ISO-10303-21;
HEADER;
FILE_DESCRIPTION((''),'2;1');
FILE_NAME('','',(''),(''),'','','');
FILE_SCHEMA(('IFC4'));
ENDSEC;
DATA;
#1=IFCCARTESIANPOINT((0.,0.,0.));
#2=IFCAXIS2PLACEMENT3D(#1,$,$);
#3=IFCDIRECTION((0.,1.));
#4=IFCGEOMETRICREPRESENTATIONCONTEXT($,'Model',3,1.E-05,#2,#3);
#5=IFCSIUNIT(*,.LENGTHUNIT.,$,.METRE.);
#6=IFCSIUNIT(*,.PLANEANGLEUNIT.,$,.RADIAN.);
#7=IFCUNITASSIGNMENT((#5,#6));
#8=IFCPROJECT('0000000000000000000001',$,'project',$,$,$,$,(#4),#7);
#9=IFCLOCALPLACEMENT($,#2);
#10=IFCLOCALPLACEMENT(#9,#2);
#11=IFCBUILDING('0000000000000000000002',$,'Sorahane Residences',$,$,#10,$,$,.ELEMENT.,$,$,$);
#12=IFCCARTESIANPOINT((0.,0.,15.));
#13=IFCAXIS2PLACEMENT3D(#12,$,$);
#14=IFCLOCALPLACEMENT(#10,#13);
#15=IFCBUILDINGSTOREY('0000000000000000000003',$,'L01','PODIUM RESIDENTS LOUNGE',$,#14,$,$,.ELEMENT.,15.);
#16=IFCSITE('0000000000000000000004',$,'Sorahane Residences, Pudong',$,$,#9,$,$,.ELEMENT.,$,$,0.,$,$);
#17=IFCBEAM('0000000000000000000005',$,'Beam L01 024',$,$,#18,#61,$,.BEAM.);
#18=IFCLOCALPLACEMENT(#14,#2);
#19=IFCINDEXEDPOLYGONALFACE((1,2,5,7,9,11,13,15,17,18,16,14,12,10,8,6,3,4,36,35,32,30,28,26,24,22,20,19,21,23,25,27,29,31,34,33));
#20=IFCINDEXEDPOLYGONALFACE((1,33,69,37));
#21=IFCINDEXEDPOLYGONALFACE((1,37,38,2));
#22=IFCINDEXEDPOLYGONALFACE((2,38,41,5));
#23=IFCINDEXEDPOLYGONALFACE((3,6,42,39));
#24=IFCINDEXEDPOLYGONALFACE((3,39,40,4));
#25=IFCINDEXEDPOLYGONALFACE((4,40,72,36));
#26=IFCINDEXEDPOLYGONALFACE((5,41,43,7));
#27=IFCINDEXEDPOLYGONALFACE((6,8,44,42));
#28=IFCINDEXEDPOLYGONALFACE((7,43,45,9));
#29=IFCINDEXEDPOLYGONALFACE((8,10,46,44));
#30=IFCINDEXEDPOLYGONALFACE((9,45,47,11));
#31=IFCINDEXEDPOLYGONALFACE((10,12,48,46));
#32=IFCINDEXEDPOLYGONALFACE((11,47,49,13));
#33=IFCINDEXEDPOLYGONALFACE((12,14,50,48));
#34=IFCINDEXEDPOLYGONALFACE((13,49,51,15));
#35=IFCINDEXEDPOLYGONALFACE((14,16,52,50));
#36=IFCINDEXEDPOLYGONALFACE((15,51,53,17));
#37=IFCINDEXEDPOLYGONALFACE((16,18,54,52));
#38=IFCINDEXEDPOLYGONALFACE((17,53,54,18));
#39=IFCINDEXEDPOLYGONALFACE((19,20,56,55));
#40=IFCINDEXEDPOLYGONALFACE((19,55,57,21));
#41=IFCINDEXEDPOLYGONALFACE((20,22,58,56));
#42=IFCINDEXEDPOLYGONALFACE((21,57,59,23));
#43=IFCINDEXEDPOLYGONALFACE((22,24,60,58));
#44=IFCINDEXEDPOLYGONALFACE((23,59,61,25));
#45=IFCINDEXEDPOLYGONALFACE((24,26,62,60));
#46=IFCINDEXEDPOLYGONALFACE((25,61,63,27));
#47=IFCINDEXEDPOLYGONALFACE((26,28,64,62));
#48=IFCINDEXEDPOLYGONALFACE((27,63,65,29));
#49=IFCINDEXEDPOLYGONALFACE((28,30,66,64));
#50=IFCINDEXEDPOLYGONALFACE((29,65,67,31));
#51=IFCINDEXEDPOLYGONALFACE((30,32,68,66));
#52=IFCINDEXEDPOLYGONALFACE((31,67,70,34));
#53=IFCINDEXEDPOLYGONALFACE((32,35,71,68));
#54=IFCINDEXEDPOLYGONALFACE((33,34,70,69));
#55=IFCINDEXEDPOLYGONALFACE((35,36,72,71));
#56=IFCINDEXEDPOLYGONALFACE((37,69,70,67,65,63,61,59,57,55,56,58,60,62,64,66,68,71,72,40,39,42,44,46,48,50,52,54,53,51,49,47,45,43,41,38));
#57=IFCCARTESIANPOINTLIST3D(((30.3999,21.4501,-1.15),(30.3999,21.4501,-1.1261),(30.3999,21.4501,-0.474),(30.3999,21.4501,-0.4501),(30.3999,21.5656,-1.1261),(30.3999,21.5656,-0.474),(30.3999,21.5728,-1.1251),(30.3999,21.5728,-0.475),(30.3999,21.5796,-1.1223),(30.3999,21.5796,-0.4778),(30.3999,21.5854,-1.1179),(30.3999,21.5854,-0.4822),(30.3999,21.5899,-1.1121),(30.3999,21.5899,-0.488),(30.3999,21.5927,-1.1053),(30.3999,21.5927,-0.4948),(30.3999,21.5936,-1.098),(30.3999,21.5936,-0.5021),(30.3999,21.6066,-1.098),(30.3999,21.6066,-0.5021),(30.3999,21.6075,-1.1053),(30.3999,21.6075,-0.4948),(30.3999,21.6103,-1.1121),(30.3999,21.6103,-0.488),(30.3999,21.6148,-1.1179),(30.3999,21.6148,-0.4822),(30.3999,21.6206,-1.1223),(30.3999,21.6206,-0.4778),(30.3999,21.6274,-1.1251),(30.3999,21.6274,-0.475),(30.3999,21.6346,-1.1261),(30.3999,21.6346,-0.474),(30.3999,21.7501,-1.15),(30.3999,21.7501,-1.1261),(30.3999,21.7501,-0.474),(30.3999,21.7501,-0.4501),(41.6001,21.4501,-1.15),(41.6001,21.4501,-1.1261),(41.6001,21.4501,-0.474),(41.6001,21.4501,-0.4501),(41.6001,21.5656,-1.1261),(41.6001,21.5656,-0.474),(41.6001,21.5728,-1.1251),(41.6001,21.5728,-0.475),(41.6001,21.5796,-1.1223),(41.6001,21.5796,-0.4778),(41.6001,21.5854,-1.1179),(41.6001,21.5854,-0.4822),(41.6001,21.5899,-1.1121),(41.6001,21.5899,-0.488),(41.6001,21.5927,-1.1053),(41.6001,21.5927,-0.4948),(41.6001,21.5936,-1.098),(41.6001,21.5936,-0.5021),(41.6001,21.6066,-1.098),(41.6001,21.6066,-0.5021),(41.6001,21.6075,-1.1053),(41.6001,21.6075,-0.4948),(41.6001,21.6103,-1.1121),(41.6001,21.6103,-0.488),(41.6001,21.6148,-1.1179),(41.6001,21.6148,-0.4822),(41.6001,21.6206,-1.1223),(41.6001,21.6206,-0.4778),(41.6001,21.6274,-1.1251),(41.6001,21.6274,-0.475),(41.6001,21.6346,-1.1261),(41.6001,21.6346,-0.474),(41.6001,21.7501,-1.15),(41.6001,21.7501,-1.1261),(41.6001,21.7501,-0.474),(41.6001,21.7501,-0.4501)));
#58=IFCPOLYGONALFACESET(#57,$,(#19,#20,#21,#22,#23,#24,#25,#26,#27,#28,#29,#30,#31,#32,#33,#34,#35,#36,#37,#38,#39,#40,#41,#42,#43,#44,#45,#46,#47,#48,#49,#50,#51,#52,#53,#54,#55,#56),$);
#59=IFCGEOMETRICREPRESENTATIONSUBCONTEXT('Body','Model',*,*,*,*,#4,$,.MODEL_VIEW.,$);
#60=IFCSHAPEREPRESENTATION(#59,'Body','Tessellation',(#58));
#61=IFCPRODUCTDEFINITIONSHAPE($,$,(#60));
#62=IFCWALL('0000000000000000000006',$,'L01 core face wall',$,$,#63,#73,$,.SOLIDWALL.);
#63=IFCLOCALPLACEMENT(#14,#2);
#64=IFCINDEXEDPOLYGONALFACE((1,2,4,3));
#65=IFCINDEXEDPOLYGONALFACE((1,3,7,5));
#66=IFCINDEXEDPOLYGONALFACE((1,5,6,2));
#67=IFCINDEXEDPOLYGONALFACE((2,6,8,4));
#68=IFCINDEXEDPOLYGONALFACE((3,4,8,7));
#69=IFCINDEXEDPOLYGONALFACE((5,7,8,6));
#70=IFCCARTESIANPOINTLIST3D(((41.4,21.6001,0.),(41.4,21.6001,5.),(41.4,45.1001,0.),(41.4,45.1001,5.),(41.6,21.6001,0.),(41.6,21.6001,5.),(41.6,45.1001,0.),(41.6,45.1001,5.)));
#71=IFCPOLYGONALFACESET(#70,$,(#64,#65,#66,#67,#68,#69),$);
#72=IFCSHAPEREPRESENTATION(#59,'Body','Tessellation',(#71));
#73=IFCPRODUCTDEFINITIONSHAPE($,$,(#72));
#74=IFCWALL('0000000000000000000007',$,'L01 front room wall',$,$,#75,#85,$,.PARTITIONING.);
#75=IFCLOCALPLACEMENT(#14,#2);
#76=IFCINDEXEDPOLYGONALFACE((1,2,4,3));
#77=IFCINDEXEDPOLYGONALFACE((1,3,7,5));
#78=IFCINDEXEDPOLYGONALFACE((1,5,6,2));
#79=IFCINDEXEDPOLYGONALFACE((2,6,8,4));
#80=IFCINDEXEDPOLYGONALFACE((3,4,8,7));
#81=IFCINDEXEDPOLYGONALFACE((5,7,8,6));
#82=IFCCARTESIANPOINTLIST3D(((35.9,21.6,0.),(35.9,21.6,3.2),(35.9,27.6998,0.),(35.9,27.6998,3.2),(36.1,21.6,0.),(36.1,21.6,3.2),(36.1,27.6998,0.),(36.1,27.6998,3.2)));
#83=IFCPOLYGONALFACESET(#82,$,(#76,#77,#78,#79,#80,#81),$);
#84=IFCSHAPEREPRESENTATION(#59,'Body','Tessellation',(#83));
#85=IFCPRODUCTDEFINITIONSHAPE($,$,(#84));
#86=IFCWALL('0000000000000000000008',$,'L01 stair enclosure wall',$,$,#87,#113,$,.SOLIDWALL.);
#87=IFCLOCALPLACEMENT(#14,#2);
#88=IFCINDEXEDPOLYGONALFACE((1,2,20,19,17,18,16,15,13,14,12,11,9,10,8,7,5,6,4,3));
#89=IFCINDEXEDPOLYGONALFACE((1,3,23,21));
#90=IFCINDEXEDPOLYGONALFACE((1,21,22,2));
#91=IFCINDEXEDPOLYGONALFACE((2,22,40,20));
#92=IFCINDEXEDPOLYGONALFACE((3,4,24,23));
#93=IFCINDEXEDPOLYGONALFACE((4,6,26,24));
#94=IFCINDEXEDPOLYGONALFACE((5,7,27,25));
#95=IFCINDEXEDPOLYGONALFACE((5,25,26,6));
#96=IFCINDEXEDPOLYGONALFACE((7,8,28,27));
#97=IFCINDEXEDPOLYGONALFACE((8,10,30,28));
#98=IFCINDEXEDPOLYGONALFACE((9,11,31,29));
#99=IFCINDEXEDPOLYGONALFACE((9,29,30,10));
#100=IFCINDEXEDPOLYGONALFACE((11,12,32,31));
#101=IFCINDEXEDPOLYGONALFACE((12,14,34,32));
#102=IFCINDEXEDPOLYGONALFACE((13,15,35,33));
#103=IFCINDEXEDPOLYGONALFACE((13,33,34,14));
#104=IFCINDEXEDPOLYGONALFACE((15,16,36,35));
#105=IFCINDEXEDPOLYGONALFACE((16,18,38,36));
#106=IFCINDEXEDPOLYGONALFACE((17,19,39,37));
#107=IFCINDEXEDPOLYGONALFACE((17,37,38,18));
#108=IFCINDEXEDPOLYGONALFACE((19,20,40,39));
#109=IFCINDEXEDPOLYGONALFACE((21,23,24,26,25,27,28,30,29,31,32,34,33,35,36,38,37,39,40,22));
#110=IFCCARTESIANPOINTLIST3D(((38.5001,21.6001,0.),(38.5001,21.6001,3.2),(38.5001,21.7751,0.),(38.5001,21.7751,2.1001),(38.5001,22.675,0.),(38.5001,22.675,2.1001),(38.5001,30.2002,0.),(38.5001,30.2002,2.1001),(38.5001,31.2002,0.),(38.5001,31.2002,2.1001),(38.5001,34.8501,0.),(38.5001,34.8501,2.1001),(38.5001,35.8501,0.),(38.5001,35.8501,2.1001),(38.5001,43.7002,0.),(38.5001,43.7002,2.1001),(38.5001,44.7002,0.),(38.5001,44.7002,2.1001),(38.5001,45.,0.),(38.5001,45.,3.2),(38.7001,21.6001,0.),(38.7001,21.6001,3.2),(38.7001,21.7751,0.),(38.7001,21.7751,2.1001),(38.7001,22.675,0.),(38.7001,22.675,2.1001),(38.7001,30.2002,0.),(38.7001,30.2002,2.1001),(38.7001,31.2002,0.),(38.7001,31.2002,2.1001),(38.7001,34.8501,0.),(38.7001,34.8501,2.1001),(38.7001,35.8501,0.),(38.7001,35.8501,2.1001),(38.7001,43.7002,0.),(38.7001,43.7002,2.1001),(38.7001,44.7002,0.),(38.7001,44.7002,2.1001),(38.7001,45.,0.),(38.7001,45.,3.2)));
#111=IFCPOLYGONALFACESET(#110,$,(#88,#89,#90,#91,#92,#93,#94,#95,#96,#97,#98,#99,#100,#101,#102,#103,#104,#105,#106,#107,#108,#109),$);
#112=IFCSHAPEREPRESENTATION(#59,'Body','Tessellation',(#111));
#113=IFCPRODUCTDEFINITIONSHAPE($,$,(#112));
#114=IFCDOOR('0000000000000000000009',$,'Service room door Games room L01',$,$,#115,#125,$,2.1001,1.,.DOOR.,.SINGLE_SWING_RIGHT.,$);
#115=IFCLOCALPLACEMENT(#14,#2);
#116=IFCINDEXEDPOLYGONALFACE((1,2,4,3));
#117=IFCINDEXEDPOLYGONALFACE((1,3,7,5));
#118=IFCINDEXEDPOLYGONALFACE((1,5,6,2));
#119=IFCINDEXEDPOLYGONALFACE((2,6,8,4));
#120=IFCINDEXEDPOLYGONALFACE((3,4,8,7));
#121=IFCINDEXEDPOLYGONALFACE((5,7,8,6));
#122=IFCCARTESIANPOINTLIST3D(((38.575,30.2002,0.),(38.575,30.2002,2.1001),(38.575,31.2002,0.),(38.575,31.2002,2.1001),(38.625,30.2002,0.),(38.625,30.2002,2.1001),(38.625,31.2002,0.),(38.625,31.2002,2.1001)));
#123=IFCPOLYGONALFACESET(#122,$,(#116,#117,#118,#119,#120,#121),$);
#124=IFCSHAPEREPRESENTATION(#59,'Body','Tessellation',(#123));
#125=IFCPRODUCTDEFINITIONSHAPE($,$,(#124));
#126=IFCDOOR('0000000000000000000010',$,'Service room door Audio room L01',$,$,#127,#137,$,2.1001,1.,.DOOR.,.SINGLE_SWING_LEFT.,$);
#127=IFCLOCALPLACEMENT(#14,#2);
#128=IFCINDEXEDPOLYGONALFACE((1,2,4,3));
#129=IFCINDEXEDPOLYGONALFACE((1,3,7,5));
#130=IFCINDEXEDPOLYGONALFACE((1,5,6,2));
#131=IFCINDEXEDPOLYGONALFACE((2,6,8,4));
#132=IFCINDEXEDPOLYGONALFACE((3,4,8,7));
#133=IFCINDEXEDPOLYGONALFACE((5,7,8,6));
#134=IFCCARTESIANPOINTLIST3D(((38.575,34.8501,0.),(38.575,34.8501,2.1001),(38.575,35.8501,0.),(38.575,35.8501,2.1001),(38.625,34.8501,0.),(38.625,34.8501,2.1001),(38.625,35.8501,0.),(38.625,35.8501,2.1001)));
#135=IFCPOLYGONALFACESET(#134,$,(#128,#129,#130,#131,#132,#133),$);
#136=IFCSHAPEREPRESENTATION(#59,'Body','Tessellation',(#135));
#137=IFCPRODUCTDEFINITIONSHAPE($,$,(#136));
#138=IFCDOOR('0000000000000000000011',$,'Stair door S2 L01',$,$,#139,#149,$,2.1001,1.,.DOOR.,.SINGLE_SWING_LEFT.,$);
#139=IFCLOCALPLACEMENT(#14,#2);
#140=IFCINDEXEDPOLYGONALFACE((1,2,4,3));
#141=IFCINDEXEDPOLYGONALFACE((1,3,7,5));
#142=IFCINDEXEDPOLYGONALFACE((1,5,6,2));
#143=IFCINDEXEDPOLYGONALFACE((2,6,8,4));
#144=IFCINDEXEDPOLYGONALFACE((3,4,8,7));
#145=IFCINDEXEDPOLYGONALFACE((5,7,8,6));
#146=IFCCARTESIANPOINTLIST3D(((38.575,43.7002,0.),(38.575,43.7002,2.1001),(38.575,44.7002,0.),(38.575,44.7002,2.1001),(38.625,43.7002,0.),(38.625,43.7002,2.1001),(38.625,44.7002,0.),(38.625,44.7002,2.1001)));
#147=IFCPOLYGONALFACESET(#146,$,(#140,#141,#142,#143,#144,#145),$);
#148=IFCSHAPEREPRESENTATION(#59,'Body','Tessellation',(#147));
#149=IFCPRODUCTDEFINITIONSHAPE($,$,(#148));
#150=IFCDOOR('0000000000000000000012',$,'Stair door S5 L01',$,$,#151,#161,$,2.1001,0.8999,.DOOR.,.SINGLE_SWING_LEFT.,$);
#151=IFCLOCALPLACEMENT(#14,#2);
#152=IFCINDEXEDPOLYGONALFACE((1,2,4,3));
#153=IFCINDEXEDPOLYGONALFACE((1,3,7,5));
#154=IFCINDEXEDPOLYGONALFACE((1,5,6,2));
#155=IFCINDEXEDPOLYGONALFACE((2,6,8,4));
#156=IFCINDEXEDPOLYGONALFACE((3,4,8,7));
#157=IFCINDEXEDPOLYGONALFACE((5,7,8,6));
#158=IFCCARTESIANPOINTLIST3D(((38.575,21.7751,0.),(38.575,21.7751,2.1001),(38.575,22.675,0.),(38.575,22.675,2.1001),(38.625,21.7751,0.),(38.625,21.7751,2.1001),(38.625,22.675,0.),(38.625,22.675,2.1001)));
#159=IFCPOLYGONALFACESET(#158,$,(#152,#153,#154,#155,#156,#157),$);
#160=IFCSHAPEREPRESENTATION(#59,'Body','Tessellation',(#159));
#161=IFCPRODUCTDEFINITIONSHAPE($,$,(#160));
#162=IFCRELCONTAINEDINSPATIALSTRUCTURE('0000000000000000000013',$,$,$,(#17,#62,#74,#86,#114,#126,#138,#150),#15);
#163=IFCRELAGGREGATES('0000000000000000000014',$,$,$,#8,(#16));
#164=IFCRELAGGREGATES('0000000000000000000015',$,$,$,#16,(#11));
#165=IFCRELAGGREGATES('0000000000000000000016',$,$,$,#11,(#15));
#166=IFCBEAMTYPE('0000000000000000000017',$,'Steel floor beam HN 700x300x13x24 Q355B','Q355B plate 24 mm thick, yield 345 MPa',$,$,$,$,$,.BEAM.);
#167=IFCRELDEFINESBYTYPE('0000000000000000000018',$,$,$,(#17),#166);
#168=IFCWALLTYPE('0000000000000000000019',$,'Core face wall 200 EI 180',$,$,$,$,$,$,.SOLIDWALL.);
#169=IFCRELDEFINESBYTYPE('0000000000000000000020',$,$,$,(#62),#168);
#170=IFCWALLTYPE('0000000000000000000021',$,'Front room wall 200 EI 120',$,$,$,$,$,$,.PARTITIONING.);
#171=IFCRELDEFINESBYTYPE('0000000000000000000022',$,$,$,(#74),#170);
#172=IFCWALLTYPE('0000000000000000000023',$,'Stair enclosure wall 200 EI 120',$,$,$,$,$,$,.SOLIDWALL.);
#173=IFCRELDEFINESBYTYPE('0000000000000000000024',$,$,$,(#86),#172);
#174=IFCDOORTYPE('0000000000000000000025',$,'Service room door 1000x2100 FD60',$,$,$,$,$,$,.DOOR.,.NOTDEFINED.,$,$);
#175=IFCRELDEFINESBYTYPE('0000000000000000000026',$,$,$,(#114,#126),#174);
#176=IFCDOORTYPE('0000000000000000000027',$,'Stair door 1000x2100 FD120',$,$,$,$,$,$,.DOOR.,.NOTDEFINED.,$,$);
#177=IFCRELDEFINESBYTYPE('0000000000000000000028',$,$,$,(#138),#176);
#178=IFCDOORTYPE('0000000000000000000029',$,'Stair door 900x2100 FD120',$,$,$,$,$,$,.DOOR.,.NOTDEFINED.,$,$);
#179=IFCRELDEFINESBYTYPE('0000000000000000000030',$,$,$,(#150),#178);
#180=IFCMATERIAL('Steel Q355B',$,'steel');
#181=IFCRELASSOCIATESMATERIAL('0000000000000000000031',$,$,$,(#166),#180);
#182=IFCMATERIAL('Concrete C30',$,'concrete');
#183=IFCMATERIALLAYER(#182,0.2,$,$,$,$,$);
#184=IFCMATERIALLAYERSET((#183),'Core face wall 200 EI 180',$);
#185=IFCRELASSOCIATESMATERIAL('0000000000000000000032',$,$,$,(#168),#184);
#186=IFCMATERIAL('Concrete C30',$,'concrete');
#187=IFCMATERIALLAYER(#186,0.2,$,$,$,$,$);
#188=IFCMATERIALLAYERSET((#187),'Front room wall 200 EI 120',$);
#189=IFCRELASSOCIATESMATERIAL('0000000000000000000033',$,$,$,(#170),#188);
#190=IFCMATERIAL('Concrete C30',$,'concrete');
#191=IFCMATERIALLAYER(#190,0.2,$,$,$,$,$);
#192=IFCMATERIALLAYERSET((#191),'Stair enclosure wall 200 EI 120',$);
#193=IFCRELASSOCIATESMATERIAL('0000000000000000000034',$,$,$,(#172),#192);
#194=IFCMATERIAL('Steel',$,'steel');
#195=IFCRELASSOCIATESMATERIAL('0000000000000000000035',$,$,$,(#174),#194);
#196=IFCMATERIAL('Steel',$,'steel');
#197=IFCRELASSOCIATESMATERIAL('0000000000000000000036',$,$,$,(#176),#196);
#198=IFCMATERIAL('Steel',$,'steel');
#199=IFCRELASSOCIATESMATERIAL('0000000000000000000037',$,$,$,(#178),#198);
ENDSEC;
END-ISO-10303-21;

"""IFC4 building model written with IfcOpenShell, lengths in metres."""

from ifc_helpers import new_model, si_unit, direction, frame, frame_2d, origin, origin_2d, place, context, subcontext, project, spatial, rectangle, i_section, extrude, material, layer, layer_set, material_profile, profile_set, type_object, element, fill, save


model = new_model("IFC4")

# Units and contexts
model_context = context("Model", 3, precision=1e-05, world=origin(), true_north=direction((0.0, 1.0)))
body_context = subcontext(model_context, "Body", "Model", "MODEL_VIEW")
ifc_project = project(units=[si_unit("LENGTHUNIT", "METRE"), si_unit("PLANEANGLEUNIT", "RADIAN")], contexts=[model_context])

# Site, building, storey
site_placement = place(None, origin())
site = spatial("IfcSite", under=ifc_project, at=site_placement, Name="Sorahane Residences, Pudong", CompositionType="ELEMENT", RefElevation=0.0)
building_placement = place(site_placement, origin())
building = spatial("IfcBuilding", under=site, at=building_placement, Name="Sorahane Residences", CompositionType="ELEMENT")
storey_placement = place(building_placement, frame((0.0, 0.0, 15.0)))
storey = spatial("IfcBuildingStorey", under=building, at=storey_placement, Name="L01", Description="PODIUM RESIDENTS LOUNGE", CompositionType="ELEMENT", Elevation=15.0)

# Beam
ifc_material_1 = material(Name="Steel Q355B", Category="steel")
ifc_material_profile_1 = material_profile(ifc_material_1, i_section(OverallWidth=0.3, OverallDepth=0.7, WebThickness=0.0129, FlangeThickness=0.0239, FilletRadius=0.0281, at=origin_2d()), Name="HN 700x300x13x24")
ifc_profile_set_1 = profile_set([ifc_material_profile_1], Name="Steel Q355B")
beam_type_1 = type_object("IfcBeamType", Name="Steel floor beam HN 700x300x13x24 Q355B", Description="Q355B plate 24 mm thick, yield 345 MPa", PredefinedType="BEAM", material=ifc_profile_set_1)
beam_1_placement = place(storey_placement, frame((30.3999, 21.6001, -0.8), z_axis=(1.0, 0.0, 0.0), x_axis=(0.0, 1.0, 0.0)))
element("IfcBeam", 1, at=beam_1_placement, inside=storey, type_object=beam_type_1, Name="Beam L01 024", PredefinedType="BEAM", context=body_context, shape_type="SweptSolid", body=[
    extrude(i_section(OverallWidth=0.3, OverallDepth=0.7, WebThickness=0.0129, FlangeThickness=0.0239, FilletRadius=0.0281, at=origin_2d()), origin(), (0.0, 0.0, 1.0), 11.2002),
])

# Walls
ifc_material_2 = material(Name="Concrete C30", Category="concrete")
ifc_layer_1 = layer(ifc_material_2, 0.2)
ifc_layer_set_1 = layer_set([ifc_layer_1], Name="Core face wall 200 EI 180")
wall_type_1 = type_object("IfcWallType", Name="Core face wall 200 EI 180", PredefinedType="SOLIDWALL", material=ifc_layer_set_1)
wall_1_placement = place(storey_placement, frame((41.5, 21.6001, 0.0), z_axis=(0.0, 0.0, 1.0), x_axis=(0.0, 1.0, 0.0)))
element("IfcWall", 2, at=wall_1_placement, inside=storey, type_object=wall_type_1, Name="L01 core face wall", PredefinedType="SOLIDWALL", context=body_context, shape_type="SweptSolid", body=[
    extrude(rectangle(XDim=23.5, YDim=0.2, at=frame_2d((11.75, 0.0))), origin(), (0.0, 0.0, 1.0), 5.0),
])
ifc_material_3 = material(Name="Concrete C30", Category="concrete")
ifc_layer_2 = layer(ifc_material_3, 0.2)
ifc_layer_set_2 = layer_set([ifc_layer_2], Name="Front room wall 200 EI 120")
wall_type_2 = type_object("IfcWallType", Name="Front room wall 200 EI 120", PredefinedType="PARTITIONING", material=ifc_layer_set_2)
wall_2_placement = place(storey_placement, frame((36.0, 21.6001, 0.0), z_axis=(0.0, 0.0, 1.0), x_axis=(0.0, 1.0, 0.0)))
element("IfcWall", 3, at=wall_2_placement, inside=storey, type_object=wall_type_2, Name="L01 front room wall", PredefinedType="PARTITIONING", context=body_context, shape_type="SweptSolid", body=[
    extrude(rectangle(XDim=6.0999, YDim=0.2, at=frame_2d((3.0498, 0.0))), origin(), (0.0, 0.0, 1.0), 3.2),
])

# Wall, openings, doors
ifc_material_4 = material(Name="Concrete C30", Category="concrete")
ifc_layer_3 = layer(ifc_material_4, 0.2)
ifc_layer_set_3 = layer_set([ifc_layer_3], Name="Stair enclosure wall 200 EI 120")
wall_type_3 = type_object("IfcWallType", Name="Stair enclosure wall 200 EI 120", PredefinedType="SOLIDWALL", material=ifc_layer_set_3)
wall_3_placement = place(storey_placement, frame((38.6001, 21.6001, 0.0), z_axis=(0.0, 0.0, 1.0), x_axis=(0.0, 1.0, 0.0)))
wall_3 = element("IfcWall", 4, at=wall_3_placement, inside=storey, type_object=wall_type_3, Name="L01 stair enclosure wall", PredefinedType="SOLIDWALL", context=body_context, shape_type="SweptSolid", body=[
    extrude(rectangle(XDim=23.3999, YDim=0.2, at=frame_2d((11.7, 0.0))), origin(), (0.0, 0.0, 1.0), 3.2),
])
opening_1_placement = place(wall_3_placement, frame((8.6001, 0.0, 0.0)))
opening_1 = element("IfcOpeningElement", 5, at=opening_1_placement, cuts=wall_3, PredefinedType="OPENING", context=body_context, shape_type="SweptSolid", body=[
    extrude(rectangle(XDim=1.0, YDim=2.1001, at=frame_2d((0.5, 1.05))), frame((0.0, 0.1099, 0.0), z_axis=(0.0, -1.0, 0.0), x_axis=(1.0, 0.0, 0.0)), (0.0, 0.0, 1.0), 0.22),
])
opening_2_placement = place(wall_3_placement, frame((13.25, 0.0, 0.0)))
opening_2 = element("IfcOpeningElement", 6, at=opening_2_placement, cuts=wall_3, PredefinedType="OPENING", context=body_context, shape_type="SweptSolid", body=[
    extrude(rectangle(XDim=1.0, YDim=2.1001, at=frame_2d((0.5, 1.05))), frame((0.0, 0.1099, 0.0), z_axis=(0.0, -1.0, 0.0), x_axis=(1.0, 0.0, 0.0)), (0.0, 0.0, 1.0), 0.22),
])
opening_3_placement = place(wall_3_placement, frame((22.1001, 0.0, 0.0)))
opening_3 = element("IfcOpeningElement", 7, at=opening_3_placement, cuts=wall_3, PredefinedType="OPENING", context=body_context, shape_type="SweptSolid", body=[
    extrude(rectangle(XDim=1.0, YDim=2.1001, at=frame_2d((0.5, 1.05))), frame((0.0, 0.1099, 0.0), z_axis=(0.0, -1.0, 0.0), x_axis=(1.0, 0.0, 0.0)), (0.0, 0.0, 1.0), 0.22),
])
opening_4_placement = place(wall_3_placement, frame((0.175, 0.0, 0.0)))
opening_4 = element("IfcOpeningElement", 8, at=opening_4_placement, cuts=wall_3, PredefinedType="OPENING", context=body_context, shape_type="SweptSolid", body=[
    extrude(rectangle(XDim=0.8999, YDim=2.1001, at=frame_2d((0.45, 1.05))), frame((0.0, 0.1099, 0.0), z_axis=(0.0, -1.0, 0.0), x_axis=(1.0, 0.0, 0.0)), (0.0, 0.0, 1.0), 0.22),
])
ifc_material_5 = material(Name="Steel", Category="steel")
door_type_1 = type_object("IfcDoorType", Name="Service room door 1000x2100 FD60", OperationType="NOTDEFINED", PredefinedType="DOOR", material=ifc_material_5)
door_1_placement = place(opening_1_placement, frame((1.0, 0.0, 0.0), z_axis=(0.0, 0.0, 1.0), x_axis=(-1.0, 0.0, 0.0)))
door_1 = element("IfcDoor", 9, at=door_1_placement, inside=storey, type_object=door_type_1, Name="Service room door Games room L01", OperationType="SINGLE_SWING_RIGHT", OverallHeight=2.1001, OverallWidth=1.0, PredefinedType="DOOR", context=body_context, shape_type="SweptSolid", body=[
    extrude(rectangle(XDim=1.0, YDim=2.1001, at=frame_2d((0.5, 1.05))), frame((0.0, 0.0249, 0.0), z_axis=(0.0, -1.0, 0.0), x_axis=(1.0, 0.0, 0.0)), (0.0, 0.0, 1.0), 0.05),
])
fill(opening_1, door_1)
door_2_placement = place(opening_2_placement, frame((1.0, 0.0, 0.0), z_axis=(0.0, 0.0, 1.0), x_axis=(-1.0, 0.0, 0.0)))
door_2 = element("IfcDoor", 10, at=door_2_placement, inside=storey, type_object=door_type_1, Name="Service room door Audio room L01", OperationType="SINGLE_SWING_LEFT", OverallHeight=2.1001, OverallWidth=1.0, PredefinedType="DOOR", context=body_context, shape_type="SweptSolid", body=[
    extrude(rectangle(XDim=1.0, YDim=2.1001, at=frame_2d((0.5, 1.05))), frame((0.0, 0.0249, 0.0), z_axis=(0.0, -1.0, 0.0), x_axis=(1.0, 0.0, 0.0)), (0.0, 0.0, 1.0), 0.05),
])
fill(opening_2, door_2)
ifc_material_6 = material(Name="Steel", Category="steel")
door_type_2 = type_object("IfcDoorType", Name="Stair door 1000x2100 FD120", OperationType="NOTDEFINED", PredefinedType="DOOR", material=ifc_material_6)
door_3_placement = place(opening_3_placement, frame((1.0, 0.0, 0.0), z_axis=(0.0, 0.0, 1.0), x_axis=(-1.0, 0.0, 0.0)))
door_3 = element("IfcDoor", 11, at=door_3_placement, inside=storey, type_object=door_type_2, Name="Stair door S2 L01", OperationType="SINGLE_SWING_LEFT", OverallHeight=2.1001, OverallWidth=1.0, PredefinedType="DOOR", context=body_context, shape_type="SweptSolid", body=[
    extrude(rectangle(XDim=1.0, YDim=2.1001, at=frame_2d((0.5, 1.05))), frame((0.0, 0.0249, 0.0), z_axis=(0.0, -1.0, 0.0), x_axis=(1.0, 0.0, 0.0)), (0.0, 0.0, 1.0), 0.05),
])
fill(opening_3, door_3)
ifc_material_7 = material(Name="Steel", Category="steel")
door_type_3 = type_object("IfcDoorType", Name="Stair door 900x2100 FD120", OperationType="NOTDEFINED", PredefinedType="DOOR", material=ifc_material_7)
door_4_placement = place(opening_4_placement, frame((0.8999, 0.0, 0.0), z_axis=(0.0, 0.0, 1.0), x_axis=(-1.0, 0.0, 0.0)))
door_4 = element("IfcDoor", 12, at=door_4_placement, inside=storey, type_object=door_type_3, Name="Stair door S5 L01", OperationType="SINGLE_SWING_LEFT", OverallHeight=2.1001, OverallWidth=0.8999, PredefinedType="DOOR", context=body_context, shape_type="SweptSolid", body=[
    extrude(rectangle(XDim=0.8999, YDim=2.1001, at=frame_2d((0.45, 1.05))), frame((0.0, 0.0249, 0.0), z_axis=(0.0, -1.0, 0.0), x_axis=(1.0, 0.0, 0.0)), (0.0, 0.0, 1.0), 0.05),
])
fill(opening_4, door_4)

save(model, "model.ifc")
